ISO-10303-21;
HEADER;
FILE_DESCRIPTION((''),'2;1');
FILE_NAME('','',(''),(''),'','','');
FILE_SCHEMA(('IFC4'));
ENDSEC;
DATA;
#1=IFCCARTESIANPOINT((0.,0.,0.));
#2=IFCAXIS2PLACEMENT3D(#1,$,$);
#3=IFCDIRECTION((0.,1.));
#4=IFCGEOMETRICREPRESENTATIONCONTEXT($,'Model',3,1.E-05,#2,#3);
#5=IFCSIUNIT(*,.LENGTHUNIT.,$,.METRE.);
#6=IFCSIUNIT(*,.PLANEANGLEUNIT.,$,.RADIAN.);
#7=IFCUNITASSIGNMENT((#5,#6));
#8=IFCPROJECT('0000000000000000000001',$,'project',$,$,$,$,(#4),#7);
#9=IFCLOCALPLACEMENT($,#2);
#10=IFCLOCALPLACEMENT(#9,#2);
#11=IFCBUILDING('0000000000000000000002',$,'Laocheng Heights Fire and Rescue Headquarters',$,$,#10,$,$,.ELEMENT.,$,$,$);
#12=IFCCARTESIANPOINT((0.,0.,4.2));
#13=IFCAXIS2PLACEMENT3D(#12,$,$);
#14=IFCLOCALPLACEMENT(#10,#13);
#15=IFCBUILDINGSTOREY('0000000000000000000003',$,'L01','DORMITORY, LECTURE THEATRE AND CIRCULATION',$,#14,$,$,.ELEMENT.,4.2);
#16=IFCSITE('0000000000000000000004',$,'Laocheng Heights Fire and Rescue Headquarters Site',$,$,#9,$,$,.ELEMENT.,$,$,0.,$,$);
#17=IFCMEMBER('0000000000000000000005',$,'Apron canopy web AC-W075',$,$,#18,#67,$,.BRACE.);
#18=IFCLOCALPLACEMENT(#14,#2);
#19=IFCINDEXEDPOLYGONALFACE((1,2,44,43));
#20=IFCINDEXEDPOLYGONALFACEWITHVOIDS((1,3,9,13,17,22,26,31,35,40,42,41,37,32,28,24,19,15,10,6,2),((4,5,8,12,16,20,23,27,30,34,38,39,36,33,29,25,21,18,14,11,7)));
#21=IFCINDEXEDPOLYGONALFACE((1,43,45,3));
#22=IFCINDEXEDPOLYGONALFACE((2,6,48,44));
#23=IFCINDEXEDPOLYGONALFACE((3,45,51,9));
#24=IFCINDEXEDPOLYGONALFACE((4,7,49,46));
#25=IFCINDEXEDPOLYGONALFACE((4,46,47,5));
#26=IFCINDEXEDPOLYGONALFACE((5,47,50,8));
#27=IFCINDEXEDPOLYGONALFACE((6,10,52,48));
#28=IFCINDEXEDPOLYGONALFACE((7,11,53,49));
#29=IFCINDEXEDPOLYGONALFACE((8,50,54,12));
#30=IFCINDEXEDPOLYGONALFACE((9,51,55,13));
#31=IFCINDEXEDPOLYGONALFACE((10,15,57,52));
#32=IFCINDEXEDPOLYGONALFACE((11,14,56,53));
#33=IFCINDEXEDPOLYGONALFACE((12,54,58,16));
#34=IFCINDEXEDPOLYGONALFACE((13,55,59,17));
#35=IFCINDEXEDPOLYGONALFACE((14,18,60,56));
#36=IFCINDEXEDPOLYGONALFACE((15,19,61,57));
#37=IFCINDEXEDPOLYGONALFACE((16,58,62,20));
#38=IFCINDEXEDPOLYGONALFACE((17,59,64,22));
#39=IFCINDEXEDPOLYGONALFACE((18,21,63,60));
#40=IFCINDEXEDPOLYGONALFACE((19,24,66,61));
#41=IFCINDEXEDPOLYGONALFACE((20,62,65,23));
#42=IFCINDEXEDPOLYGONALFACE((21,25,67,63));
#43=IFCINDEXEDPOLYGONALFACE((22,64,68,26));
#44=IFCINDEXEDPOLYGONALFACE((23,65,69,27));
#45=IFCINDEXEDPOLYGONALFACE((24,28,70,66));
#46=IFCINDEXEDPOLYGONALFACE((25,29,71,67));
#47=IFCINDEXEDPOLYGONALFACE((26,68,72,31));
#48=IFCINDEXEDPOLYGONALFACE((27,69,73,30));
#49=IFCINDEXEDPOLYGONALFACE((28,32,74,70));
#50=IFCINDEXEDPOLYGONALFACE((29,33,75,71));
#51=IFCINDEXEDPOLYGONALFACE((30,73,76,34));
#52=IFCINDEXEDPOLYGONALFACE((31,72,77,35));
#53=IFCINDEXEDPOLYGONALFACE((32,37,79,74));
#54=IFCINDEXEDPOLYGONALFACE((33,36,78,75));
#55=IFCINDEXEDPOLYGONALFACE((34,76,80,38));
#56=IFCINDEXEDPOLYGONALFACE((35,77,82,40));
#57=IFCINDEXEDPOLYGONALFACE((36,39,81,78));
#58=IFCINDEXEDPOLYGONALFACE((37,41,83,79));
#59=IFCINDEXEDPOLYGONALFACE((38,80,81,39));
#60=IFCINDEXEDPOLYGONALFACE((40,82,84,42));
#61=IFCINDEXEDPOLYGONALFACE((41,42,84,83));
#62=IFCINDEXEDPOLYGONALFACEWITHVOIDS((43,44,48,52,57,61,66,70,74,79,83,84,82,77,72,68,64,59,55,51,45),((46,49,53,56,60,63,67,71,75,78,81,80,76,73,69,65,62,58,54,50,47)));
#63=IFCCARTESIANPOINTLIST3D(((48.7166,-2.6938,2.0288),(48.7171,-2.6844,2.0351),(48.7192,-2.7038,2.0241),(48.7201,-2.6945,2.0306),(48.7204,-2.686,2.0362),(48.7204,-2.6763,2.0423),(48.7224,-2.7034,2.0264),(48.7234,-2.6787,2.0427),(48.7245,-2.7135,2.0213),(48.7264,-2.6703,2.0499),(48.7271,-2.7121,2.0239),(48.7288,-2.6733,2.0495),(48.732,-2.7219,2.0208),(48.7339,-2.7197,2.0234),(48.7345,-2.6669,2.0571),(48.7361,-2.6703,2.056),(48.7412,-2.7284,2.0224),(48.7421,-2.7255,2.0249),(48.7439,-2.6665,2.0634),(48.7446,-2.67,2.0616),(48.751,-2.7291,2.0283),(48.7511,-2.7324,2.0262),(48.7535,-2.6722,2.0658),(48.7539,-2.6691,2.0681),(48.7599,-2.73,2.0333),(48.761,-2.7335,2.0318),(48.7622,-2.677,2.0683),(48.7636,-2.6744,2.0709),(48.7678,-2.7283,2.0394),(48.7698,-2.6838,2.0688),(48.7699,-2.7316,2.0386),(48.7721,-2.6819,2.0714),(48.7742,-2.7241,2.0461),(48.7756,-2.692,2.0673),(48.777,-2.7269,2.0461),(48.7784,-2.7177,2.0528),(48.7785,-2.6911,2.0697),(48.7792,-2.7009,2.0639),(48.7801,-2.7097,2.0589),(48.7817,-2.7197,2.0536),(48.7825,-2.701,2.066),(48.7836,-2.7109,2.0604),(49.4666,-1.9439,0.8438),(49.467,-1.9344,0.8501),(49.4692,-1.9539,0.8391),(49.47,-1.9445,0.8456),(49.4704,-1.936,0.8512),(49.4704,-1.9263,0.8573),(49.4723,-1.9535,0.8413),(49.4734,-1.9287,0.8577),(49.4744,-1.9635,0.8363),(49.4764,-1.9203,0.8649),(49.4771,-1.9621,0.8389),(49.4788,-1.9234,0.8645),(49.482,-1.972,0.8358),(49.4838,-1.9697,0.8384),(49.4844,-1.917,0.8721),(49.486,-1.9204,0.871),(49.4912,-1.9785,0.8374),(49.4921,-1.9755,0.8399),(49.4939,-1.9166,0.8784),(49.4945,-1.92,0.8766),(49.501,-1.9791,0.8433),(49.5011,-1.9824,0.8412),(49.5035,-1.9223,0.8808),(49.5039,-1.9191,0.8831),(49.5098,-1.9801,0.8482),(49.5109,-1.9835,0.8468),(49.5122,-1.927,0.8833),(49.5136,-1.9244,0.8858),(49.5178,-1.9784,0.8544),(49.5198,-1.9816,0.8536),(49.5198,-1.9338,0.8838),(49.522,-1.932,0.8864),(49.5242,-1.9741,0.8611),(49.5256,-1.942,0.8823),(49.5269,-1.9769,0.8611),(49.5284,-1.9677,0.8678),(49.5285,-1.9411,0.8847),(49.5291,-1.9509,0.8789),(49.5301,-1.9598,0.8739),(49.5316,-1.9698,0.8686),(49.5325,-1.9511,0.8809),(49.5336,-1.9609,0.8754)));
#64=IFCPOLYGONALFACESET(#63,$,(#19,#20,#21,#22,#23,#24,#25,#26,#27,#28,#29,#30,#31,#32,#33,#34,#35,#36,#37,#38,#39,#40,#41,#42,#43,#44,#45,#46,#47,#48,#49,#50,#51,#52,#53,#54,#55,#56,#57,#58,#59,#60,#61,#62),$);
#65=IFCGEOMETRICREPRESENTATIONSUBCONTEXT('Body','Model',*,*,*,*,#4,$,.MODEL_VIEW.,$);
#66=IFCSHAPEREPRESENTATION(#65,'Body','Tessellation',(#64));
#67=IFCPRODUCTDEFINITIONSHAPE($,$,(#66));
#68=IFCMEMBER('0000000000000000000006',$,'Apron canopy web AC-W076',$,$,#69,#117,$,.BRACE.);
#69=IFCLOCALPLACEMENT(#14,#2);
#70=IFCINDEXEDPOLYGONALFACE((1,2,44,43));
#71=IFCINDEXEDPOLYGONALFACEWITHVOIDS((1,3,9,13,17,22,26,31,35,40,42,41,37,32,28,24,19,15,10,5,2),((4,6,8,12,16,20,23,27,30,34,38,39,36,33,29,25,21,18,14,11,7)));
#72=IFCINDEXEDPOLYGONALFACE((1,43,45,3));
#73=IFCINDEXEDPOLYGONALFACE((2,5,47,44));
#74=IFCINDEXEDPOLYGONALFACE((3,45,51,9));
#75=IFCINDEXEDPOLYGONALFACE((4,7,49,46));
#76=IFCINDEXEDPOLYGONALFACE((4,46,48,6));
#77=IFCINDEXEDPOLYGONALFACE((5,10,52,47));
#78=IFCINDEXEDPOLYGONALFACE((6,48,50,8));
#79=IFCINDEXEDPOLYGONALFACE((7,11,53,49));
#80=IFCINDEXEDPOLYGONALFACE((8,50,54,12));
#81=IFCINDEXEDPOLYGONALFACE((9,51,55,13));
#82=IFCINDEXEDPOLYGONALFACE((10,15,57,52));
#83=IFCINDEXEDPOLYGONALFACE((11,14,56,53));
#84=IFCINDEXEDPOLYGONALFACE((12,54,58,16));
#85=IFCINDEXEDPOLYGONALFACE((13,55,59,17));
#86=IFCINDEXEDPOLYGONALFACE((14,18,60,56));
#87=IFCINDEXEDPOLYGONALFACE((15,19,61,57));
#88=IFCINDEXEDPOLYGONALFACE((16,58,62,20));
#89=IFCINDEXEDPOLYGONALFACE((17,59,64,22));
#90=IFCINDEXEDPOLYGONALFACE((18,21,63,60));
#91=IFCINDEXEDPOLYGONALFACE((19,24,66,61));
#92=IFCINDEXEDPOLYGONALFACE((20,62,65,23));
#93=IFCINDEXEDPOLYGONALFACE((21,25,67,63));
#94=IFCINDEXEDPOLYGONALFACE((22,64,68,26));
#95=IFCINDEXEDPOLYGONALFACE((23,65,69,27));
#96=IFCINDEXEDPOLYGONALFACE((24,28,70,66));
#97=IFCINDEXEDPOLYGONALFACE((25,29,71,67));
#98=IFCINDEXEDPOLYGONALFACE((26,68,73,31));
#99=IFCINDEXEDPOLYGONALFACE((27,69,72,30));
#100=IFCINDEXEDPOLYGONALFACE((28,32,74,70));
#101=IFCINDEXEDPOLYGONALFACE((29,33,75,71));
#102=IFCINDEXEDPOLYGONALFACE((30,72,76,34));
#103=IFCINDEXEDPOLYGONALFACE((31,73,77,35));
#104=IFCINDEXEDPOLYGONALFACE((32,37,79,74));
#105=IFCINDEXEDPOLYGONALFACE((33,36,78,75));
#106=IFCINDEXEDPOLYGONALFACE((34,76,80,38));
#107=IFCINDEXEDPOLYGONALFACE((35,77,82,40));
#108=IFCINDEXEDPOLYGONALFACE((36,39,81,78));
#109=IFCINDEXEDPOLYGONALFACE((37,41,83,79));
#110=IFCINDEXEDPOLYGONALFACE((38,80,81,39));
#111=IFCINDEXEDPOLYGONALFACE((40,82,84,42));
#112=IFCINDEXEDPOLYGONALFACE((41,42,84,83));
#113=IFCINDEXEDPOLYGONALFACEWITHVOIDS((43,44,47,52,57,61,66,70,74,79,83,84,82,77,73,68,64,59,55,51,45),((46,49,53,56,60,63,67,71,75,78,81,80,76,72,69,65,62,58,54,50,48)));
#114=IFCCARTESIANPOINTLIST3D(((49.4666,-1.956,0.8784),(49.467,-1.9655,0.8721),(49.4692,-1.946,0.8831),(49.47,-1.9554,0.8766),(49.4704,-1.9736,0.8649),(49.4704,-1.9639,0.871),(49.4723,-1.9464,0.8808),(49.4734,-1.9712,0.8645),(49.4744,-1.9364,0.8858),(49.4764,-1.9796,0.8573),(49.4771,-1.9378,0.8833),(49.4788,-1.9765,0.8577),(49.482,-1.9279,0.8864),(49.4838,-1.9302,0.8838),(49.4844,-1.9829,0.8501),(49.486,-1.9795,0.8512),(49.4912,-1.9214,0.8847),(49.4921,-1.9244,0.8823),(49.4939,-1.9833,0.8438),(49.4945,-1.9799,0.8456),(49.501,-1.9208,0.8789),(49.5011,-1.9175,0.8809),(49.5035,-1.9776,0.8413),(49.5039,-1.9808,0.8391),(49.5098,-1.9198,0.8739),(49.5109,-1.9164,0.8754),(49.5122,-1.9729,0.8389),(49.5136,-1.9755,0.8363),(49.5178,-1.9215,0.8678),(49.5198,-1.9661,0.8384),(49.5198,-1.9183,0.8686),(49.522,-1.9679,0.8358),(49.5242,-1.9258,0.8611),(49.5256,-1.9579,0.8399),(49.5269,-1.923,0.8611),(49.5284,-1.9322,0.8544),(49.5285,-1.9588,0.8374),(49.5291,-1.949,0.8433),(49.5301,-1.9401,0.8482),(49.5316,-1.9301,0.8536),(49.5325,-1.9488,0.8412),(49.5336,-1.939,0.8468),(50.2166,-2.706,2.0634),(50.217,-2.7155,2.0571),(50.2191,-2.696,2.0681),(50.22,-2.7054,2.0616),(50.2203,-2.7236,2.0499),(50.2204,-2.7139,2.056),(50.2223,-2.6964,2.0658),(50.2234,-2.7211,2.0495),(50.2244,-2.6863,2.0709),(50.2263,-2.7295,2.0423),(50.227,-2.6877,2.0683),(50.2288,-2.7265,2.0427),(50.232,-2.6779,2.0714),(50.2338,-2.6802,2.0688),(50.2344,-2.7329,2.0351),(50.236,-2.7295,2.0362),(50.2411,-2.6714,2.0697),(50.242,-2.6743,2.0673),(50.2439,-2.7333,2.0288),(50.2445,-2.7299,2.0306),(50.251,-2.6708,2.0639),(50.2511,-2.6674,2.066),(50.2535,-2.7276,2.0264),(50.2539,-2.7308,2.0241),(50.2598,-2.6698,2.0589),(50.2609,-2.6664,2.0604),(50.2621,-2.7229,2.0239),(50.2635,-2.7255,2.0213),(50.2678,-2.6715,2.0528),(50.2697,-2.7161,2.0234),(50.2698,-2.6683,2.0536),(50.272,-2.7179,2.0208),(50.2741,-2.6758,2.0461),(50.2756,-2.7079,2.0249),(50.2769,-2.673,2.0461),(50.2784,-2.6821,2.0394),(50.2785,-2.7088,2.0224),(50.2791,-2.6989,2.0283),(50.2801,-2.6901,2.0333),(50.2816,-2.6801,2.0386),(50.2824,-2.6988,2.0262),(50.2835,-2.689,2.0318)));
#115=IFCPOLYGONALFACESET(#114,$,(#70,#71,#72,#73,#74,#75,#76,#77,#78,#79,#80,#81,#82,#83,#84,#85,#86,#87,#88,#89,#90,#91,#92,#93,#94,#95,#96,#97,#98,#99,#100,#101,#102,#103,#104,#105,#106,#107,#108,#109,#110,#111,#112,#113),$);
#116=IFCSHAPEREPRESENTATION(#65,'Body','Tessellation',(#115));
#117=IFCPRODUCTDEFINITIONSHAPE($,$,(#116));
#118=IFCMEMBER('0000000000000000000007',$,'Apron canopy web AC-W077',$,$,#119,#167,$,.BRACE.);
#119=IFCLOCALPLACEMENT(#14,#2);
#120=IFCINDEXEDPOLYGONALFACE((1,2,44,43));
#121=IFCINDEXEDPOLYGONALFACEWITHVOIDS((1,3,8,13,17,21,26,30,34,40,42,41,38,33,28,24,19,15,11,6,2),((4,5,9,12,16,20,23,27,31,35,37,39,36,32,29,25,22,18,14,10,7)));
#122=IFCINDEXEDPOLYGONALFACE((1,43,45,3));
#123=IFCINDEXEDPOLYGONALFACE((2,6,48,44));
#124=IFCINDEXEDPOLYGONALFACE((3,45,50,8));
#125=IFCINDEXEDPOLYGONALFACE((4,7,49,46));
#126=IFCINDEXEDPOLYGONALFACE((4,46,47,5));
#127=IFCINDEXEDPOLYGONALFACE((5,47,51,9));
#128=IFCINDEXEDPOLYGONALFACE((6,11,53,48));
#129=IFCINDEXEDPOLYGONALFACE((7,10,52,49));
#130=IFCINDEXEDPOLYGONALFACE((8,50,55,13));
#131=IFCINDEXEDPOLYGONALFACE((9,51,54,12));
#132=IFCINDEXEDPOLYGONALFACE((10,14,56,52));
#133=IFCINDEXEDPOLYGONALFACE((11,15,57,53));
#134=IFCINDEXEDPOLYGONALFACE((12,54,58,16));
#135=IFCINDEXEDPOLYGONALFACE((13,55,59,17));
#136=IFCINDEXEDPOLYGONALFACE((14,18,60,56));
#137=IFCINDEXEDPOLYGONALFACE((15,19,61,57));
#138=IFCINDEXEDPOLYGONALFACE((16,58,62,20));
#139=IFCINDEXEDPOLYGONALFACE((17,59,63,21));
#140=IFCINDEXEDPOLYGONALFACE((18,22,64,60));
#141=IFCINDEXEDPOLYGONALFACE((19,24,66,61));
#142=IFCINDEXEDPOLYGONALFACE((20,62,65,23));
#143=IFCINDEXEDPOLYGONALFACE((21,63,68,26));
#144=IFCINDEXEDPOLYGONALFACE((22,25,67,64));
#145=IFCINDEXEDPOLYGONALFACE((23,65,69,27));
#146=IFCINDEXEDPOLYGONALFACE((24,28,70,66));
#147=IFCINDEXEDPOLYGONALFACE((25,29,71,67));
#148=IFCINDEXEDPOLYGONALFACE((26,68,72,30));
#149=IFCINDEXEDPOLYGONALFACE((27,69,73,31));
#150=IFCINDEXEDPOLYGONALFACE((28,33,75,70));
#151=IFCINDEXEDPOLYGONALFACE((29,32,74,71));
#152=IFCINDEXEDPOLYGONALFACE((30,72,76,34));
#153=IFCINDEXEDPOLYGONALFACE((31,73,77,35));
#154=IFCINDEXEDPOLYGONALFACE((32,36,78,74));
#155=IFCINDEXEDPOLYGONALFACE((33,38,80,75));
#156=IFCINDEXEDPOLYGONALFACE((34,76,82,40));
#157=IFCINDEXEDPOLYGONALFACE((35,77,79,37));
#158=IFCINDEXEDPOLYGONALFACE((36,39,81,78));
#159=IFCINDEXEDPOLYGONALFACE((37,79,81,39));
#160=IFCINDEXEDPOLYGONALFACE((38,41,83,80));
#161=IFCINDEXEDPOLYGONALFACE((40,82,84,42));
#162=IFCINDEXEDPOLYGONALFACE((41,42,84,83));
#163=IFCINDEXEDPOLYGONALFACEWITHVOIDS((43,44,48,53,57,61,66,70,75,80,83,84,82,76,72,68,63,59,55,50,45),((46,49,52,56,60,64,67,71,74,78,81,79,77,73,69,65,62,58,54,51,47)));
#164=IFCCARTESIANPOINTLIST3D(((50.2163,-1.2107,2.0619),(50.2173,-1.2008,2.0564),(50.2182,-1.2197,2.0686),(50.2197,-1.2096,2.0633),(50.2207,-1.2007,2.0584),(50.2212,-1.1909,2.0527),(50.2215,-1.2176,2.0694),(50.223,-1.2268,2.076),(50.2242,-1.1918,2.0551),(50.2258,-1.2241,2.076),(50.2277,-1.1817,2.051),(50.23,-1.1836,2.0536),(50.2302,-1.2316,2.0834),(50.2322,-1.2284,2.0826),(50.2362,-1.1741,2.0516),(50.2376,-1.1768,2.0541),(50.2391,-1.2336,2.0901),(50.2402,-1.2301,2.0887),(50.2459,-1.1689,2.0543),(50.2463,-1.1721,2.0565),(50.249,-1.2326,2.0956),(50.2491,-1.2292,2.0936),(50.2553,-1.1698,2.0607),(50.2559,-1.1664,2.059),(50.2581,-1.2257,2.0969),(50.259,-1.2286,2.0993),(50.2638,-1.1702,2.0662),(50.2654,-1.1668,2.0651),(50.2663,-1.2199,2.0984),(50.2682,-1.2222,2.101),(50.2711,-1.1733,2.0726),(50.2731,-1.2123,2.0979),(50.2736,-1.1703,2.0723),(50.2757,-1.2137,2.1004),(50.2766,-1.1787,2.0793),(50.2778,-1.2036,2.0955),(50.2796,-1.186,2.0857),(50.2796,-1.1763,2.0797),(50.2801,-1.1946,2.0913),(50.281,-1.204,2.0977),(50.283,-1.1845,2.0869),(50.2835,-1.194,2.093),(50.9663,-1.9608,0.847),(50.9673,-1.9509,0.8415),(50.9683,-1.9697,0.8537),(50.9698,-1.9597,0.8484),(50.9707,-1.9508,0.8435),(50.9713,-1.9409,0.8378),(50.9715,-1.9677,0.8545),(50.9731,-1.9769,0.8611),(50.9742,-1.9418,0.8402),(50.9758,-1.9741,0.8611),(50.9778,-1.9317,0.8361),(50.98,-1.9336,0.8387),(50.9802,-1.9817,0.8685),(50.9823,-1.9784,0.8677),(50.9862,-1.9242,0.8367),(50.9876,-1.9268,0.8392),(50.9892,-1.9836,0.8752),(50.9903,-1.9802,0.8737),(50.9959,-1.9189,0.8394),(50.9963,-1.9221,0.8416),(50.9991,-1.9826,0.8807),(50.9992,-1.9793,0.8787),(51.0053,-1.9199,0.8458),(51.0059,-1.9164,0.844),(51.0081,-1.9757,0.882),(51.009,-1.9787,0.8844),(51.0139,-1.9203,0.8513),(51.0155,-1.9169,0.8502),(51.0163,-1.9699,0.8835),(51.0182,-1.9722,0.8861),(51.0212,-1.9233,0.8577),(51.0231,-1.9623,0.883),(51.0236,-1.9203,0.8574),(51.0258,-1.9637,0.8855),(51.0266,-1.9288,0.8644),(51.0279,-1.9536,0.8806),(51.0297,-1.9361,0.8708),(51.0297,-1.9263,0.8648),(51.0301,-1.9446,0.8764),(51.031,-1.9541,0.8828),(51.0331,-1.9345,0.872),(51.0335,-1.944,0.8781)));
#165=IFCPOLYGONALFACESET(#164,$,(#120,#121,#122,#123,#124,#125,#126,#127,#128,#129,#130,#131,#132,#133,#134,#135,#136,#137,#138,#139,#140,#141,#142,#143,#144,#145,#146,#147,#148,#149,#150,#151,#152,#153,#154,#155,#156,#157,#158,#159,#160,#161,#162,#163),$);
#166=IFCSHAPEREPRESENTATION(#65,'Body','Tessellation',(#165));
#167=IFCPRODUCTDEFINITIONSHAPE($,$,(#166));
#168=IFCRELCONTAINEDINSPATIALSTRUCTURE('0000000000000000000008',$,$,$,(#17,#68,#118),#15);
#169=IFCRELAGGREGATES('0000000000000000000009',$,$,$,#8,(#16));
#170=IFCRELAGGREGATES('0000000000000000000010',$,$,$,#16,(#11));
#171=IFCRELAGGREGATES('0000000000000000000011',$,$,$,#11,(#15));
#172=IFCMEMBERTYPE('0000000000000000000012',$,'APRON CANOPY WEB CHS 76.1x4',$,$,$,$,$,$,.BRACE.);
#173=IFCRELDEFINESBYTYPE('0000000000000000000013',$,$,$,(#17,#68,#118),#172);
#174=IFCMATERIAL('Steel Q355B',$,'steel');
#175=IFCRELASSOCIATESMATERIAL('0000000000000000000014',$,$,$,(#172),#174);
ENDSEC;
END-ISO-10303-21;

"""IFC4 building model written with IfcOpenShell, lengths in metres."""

from ifc_helpers import new_model, si_unit, direction, frame, origin, origin_2d, place, context, subcontext, project, spatial, hollow_circle, extrude, material, material_profile, profile_set, type_object, element, save


model = new_model("IFC4")

# Units and contexts
model_context = context("Model", 3, precision=1e-05, world=origin(), true_north=direction((0.0, 1.0)))
body_context = subcontext(model_context, "Body", "Model", "MODEL_VIEW")
ifc_project = project(units=[si_unit("LENGTHUNIT", "METRE"), si_unit("PLANEANGLEUNIT", "RADIAN")], contexts=[model_context])

# Site, building, storey
site_placement = place(None, origin())
site = spatial("IfcSite", under=ifc_project, at=site_placement, Name="Laocheng Heights Fire and Rescue Headquarters Site", CompositionType="ELEMENT", RefElevation=0.0)
building_placement = place(site_placement, origin())
building = spatial("IfcBuilding", under=site, at=building_placement, Name="Laocheng Heights Fire and Rescue Headquarters", CompositionType="ELEMENT")
storey_placement = place(building_placement, frame((0.0, 0.0, 4.2)))
storey = spatial("IfcBuildingStorey", under=building, at=storey_placement, Name="L01", Description="DORMITORY, LECTURE THEATRE AND CIRCULATION", CompositionType="ELEMENT", Elevation=4.2)

# Members
ifc_material_1 = material(Name="Steel Q355B", Category="steel")
ifc_material_profile_1 = material_profile(ifc_material_1, hollow_circle(Radius=0.0381, WallThickness=0.0039, at=origin_2d()), Name="CHS 76.1x4")
ifc_profile_set_1 = profile_set([ifc_material_profile_1], Name="Steel Q355B")
member_type_1 = type_object("IfcMemberType", Name="APRON CANOPY WEB CHS 76.1x4", PredefinedType="BRACE", material=ifc_profile_set_1)
for number, where, z_axis, x_axis, name in (
    (1, (49.5, -1.95, 0.8611), (-0.47158, -0.47158, 0.745134), (0.707107, -0.707107, 0.0), "Apron canopy web AC-W075"),
    (2, (49.5, -1.95, 0.8611), (0.47158, -0.47158, 0.745134), (0.707107, 0.707107, 0.0), "Apron canopy web AC-W076"),
):
    element("IfcMember", number, at=place(storey_placement, frame(where, z_axis=z_axis, x_axis=x_axis)), inside=storey, type_object=member_type_1, Name=name, PredefinedType="BRACE", context=body_context, shape_type="SweptSolid", body=[
        extrude(hollow_circle(Radius=0.0381, WallThickness=0.0039, at=origin_2d()), origin(), (0.0, 0.0, 1.0), 1.5903),
    ])
for number, where, z_axis, x_axis, name in (
    (3, (51.0, -1.95, 0.8611), (-0.465055, 0.465055, 0.753292), (-0.707107, -0.707107, 0.0), "Apron canopy web AC-W077"),
):
    element("IfcMember", number, at=place(storey_placement, frame(where, z_axis=z_axis, x_axis=x_axis)), inside=storey, type_object=member_type_1, Name=name, PredefinedType="BRACE", context=body_context, shape_type="SweptSolid", body=[
        extrude(hollow_circle(Radius=0.0381, WallThickness=0.0039, at=origin_2d()), origin(), (0.0, 0.0, 1.0), 1.6128),
    ])

save(model, "model.ifc")
